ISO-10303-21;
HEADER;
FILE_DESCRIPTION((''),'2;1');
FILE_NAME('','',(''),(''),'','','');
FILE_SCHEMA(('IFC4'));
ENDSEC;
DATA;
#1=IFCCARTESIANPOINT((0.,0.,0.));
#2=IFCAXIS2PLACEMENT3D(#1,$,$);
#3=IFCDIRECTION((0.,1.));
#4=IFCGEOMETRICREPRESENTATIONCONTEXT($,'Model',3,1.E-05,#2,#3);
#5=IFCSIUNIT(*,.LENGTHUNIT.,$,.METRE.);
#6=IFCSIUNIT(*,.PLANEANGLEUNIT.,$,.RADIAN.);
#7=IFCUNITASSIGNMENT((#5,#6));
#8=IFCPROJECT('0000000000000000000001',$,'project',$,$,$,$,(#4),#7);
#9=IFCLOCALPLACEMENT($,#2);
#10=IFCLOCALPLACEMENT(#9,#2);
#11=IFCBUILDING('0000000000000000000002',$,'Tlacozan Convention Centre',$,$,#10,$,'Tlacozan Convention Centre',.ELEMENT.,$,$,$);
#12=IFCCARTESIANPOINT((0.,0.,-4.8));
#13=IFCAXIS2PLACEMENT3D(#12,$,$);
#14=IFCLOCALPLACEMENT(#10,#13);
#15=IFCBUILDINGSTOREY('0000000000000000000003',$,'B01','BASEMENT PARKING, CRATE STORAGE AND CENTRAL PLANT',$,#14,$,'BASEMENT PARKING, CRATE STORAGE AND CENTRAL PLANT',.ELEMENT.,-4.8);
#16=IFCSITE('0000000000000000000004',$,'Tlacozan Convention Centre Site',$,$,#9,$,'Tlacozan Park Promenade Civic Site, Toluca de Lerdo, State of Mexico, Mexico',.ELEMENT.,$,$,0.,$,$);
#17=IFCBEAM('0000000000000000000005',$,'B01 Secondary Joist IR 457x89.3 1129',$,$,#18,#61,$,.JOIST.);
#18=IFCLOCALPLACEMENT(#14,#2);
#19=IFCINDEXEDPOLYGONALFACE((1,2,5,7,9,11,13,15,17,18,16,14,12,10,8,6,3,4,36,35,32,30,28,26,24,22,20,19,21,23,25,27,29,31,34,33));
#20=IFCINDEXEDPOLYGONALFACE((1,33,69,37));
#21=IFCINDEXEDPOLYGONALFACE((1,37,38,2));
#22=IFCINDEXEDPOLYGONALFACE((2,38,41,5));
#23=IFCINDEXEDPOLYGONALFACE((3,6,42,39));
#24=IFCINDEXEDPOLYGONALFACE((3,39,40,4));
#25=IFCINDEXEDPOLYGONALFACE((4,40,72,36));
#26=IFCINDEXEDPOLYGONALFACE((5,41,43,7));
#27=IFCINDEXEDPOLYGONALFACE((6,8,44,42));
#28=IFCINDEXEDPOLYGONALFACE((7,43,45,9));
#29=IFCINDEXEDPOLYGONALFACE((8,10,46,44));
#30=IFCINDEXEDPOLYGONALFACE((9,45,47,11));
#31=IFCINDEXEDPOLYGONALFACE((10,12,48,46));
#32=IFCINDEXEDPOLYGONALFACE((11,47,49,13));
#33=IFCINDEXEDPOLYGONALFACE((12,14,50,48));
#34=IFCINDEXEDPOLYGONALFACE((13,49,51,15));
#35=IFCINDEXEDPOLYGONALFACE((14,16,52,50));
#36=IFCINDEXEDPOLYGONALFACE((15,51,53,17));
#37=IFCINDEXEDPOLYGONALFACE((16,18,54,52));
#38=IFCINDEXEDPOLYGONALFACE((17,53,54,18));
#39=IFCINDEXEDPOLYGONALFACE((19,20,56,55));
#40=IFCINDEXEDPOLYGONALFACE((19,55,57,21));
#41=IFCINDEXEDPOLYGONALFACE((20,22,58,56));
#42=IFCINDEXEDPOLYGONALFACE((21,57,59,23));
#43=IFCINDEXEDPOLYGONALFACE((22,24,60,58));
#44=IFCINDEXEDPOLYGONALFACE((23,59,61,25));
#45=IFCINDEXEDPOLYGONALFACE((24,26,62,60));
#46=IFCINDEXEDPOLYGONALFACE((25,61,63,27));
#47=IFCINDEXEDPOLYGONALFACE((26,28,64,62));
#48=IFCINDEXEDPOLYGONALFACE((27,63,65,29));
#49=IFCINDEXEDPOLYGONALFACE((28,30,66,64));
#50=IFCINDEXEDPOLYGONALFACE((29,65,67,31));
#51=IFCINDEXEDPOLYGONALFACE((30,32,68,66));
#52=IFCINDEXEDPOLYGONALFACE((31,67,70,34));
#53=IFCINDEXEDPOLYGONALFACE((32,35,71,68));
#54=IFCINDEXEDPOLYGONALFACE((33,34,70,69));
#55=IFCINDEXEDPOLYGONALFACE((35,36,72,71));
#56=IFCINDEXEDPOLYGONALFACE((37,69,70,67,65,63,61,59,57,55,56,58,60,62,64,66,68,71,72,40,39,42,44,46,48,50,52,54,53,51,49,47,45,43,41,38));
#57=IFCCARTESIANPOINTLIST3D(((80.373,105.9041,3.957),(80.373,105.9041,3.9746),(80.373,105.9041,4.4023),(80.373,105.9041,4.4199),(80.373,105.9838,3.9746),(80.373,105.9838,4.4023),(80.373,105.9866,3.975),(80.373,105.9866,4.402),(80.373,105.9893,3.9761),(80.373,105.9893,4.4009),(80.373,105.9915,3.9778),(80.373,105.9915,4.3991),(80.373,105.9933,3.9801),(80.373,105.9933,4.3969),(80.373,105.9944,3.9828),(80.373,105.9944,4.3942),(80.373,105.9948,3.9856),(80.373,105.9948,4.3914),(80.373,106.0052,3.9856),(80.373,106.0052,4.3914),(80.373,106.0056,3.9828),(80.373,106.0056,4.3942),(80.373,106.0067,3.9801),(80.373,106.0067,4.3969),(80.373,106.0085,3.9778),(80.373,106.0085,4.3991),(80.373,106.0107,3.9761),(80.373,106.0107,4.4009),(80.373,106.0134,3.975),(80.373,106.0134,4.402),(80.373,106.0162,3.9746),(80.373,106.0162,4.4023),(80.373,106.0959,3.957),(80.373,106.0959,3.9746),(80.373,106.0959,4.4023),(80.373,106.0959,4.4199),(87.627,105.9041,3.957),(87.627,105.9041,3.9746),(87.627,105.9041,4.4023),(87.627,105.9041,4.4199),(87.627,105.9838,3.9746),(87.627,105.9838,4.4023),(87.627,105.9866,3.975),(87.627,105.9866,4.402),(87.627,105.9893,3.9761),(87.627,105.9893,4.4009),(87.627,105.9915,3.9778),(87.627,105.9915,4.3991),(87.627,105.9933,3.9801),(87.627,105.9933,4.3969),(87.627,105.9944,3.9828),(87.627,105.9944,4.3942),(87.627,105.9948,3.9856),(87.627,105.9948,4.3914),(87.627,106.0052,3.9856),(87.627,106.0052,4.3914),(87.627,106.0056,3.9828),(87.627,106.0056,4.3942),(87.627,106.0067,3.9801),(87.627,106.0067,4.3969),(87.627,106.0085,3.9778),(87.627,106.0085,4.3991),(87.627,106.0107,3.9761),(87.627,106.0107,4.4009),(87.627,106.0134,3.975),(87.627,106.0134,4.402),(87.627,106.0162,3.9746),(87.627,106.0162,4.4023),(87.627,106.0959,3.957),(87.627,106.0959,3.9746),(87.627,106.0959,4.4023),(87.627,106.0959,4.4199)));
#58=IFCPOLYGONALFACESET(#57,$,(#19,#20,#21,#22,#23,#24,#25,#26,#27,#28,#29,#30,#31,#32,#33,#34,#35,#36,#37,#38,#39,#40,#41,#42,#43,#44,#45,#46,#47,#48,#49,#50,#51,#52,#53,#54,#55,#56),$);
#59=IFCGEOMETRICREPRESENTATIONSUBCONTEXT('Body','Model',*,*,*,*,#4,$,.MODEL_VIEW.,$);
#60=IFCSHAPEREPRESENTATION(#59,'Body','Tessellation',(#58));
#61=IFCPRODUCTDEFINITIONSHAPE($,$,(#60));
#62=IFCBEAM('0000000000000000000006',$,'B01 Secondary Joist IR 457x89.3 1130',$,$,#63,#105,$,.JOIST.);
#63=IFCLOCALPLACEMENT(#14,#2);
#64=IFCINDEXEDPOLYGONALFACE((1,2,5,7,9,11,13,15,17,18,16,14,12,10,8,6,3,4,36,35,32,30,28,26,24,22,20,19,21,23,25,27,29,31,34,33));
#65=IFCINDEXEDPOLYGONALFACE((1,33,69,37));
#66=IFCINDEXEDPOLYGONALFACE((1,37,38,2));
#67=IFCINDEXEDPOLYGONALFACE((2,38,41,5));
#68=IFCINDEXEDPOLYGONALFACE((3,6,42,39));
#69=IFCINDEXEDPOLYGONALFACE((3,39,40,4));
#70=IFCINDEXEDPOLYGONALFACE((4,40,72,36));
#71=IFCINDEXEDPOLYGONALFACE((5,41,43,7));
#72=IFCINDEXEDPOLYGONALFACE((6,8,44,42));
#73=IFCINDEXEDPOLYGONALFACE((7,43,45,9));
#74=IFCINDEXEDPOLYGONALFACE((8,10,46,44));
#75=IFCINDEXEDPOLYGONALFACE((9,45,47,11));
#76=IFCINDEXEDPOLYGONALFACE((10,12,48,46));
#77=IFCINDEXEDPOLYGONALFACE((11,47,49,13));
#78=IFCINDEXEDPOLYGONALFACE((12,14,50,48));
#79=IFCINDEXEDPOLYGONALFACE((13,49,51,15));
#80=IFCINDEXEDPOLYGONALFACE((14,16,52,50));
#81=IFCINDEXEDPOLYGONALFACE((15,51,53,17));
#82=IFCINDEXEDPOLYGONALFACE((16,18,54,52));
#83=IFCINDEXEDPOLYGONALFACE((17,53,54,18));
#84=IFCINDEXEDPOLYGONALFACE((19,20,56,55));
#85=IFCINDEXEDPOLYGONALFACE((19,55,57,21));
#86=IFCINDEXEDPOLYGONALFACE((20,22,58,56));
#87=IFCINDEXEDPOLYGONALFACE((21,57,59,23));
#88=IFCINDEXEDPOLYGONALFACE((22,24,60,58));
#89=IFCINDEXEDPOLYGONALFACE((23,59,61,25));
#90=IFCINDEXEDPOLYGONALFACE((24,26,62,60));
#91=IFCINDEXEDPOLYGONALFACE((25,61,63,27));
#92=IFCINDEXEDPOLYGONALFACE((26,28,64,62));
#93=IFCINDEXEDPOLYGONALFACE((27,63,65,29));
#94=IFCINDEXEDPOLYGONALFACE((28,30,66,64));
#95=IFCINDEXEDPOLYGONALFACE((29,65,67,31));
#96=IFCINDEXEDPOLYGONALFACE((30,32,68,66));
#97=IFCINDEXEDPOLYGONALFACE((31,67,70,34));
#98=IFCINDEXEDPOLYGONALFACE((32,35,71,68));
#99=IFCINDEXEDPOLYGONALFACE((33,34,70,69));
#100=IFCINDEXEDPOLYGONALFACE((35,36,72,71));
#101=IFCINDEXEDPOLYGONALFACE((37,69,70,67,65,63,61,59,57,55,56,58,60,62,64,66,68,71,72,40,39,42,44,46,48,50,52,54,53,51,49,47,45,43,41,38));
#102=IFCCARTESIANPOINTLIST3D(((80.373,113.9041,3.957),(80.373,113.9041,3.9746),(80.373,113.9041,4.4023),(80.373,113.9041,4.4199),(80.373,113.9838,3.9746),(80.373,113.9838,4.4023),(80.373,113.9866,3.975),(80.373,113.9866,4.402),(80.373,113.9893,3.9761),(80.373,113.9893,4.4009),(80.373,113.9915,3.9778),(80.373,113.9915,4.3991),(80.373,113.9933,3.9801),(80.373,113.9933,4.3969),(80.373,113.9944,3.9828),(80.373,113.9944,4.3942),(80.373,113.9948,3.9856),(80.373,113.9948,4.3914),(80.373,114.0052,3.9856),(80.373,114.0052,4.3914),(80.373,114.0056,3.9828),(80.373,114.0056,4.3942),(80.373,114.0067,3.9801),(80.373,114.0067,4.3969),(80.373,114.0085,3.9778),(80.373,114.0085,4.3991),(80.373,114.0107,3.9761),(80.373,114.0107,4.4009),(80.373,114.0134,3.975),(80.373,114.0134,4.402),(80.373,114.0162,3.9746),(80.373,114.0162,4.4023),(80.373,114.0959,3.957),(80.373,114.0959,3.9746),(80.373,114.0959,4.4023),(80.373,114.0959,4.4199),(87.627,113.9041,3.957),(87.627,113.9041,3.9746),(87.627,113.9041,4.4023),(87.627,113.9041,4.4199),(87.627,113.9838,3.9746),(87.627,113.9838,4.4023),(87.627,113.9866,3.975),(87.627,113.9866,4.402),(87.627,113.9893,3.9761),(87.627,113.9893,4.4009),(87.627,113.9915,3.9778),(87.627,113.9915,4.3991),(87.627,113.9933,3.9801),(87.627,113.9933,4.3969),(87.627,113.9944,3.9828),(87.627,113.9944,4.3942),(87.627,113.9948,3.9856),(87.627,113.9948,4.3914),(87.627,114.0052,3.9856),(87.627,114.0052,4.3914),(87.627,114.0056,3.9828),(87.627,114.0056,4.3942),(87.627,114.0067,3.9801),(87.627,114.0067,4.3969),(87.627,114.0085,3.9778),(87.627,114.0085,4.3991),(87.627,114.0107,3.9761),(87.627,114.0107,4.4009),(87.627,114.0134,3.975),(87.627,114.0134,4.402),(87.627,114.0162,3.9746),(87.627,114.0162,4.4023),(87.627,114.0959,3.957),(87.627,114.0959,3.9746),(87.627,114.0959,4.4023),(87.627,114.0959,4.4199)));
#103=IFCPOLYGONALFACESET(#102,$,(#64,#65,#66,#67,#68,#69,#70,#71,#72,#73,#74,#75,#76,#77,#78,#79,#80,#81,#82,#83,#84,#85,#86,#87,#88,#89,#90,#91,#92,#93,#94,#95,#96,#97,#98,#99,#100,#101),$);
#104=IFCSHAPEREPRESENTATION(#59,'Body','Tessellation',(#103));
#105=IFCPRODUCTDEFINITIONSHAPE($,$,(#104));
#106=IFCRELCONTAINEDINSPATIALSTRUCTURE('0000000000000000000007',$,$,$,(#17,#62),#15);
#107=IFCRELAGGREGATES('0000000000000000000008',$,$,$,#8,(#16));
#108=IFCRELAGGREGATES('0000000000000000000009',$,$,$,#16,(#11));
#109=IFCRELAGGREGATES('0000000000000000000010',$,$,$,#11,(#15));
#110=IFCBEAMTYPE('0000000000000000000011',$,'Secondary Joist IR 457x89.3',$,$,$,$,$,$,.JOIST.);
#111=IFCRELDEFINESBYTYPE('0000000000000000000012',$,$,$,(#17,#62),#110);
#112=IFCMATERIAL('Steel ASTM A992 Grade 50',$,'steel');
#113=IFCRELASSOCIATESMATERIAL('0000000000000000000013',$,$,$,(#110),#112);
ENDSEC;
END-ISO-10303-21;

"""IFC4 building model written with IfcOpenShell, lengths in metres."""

from ifc_helpers import new_model, si_unit, direction, frame, origin, origin_2d, place, context, subcontext, project, spatial, i_section, extrude, material, material_profile, profile_set, type_object, element, save


model = new_model("IFC4")

# Units and contexts
model_context = context("Model", 3, precision=1e-05, world=origin(), true_north=direction((0.0, 1.0)))
body_context = subcontext(model_context, "Body", "Model", "MODEL_VIEW")
ifc_project = project(units=[si_unit("LENGTHUNIT", "METRE"), si_unit("PLANEANGLEUNIT", "RADIAN")], contexts=[model_context])

# Site, building, storey
site_placement = place(None, origin())
site = spatial("IfcSite", under=ifc_project, at=site_placement, Name="Tlacozan Convention Centre Site", LongName="Tlacozan Park Promenade Civic Site, Toluca de Lerdo, State of Mexico, Mexico", CompositionType="ELEMENT", RefElevation=0.0)
building_placement = place(site_placement, origin())
building = spatial("IfcBuilding", under=site, at=building_placement, Name="Tlacozan Convention Centre", LongName="Tlacozan Convention Centre", CompositionType="ELEMENT")
storey_placement = place(building_placement, frame((0.0, 0.0, -4.8)))
storey = spatial("IfcBuildingStorey", under=building, at=storey_placement, Name="B01", Description="BASEMENT PARKING, CRATE STORAGE AND CENTRAL PLANT", LongName="BASEMENT PARKING, CRATE STORAGE AND CENTRAL PLANT", CompositionType="ELEMENT", Elevation=-4.8)

# Beams
ifc_material_1 = material(Name="Steel ASTM A992 Grade 50", Category="steel")
ifc_material_profile_1 = material_profile(ifc_material_1, i_section(OverallWidth=0.1919, OverallDepth=0.4629, WebThickness=0.0105, FlangeThickness=0.0176, FilletRadius=0.011, at=origin_2d()), Name="IR 457x89.3")
ifc_profile_set_1 = profile_set([ifc_material_profile_1], Name="Steel ASTM A992 Grade 50")
beam_type_1 = type_object("IfcBeamType", Name="Secondary Joist IR 457x89.3", PredefinedType="JOIST", material=ifc_profile_set_1)
for number, where, z_axis, x_axis, name in (
    (1, (80.373, 106.0, 4.1885), (1.0, 0.0, 0.0), (0.0, 1.0, 0.0), "B01 Secondary Joist IR 457x89.3 1129"),
    (2, (80.373, 114.0, 4.1885), (1.0, 0.0, 0.0), (0.0, 1.0, 0.0), "B01 Secondary Joist IR 457x89.3 1130"),
):
    element("IfcBeam", number, at=place(storey_placement, frame(where, z_axis=z_axis, x_axis=x_axis)), inside=storey, type_object=beam_type_1, Name=name, PredefinedType="JOIST", context=body_context, shape_type="SweptSolid", body=[
        extrude(i_section(OverallWidth=0.1919, OverallDepth=0.4629, WebThickness=0.0105, FlangeThickness=0.0176, FilletRadius=0.011, at=origin_2d()), origin(), (0.0, 0.0, 1.0), 7.2539),
    ])

save(model, "model.ifc")
